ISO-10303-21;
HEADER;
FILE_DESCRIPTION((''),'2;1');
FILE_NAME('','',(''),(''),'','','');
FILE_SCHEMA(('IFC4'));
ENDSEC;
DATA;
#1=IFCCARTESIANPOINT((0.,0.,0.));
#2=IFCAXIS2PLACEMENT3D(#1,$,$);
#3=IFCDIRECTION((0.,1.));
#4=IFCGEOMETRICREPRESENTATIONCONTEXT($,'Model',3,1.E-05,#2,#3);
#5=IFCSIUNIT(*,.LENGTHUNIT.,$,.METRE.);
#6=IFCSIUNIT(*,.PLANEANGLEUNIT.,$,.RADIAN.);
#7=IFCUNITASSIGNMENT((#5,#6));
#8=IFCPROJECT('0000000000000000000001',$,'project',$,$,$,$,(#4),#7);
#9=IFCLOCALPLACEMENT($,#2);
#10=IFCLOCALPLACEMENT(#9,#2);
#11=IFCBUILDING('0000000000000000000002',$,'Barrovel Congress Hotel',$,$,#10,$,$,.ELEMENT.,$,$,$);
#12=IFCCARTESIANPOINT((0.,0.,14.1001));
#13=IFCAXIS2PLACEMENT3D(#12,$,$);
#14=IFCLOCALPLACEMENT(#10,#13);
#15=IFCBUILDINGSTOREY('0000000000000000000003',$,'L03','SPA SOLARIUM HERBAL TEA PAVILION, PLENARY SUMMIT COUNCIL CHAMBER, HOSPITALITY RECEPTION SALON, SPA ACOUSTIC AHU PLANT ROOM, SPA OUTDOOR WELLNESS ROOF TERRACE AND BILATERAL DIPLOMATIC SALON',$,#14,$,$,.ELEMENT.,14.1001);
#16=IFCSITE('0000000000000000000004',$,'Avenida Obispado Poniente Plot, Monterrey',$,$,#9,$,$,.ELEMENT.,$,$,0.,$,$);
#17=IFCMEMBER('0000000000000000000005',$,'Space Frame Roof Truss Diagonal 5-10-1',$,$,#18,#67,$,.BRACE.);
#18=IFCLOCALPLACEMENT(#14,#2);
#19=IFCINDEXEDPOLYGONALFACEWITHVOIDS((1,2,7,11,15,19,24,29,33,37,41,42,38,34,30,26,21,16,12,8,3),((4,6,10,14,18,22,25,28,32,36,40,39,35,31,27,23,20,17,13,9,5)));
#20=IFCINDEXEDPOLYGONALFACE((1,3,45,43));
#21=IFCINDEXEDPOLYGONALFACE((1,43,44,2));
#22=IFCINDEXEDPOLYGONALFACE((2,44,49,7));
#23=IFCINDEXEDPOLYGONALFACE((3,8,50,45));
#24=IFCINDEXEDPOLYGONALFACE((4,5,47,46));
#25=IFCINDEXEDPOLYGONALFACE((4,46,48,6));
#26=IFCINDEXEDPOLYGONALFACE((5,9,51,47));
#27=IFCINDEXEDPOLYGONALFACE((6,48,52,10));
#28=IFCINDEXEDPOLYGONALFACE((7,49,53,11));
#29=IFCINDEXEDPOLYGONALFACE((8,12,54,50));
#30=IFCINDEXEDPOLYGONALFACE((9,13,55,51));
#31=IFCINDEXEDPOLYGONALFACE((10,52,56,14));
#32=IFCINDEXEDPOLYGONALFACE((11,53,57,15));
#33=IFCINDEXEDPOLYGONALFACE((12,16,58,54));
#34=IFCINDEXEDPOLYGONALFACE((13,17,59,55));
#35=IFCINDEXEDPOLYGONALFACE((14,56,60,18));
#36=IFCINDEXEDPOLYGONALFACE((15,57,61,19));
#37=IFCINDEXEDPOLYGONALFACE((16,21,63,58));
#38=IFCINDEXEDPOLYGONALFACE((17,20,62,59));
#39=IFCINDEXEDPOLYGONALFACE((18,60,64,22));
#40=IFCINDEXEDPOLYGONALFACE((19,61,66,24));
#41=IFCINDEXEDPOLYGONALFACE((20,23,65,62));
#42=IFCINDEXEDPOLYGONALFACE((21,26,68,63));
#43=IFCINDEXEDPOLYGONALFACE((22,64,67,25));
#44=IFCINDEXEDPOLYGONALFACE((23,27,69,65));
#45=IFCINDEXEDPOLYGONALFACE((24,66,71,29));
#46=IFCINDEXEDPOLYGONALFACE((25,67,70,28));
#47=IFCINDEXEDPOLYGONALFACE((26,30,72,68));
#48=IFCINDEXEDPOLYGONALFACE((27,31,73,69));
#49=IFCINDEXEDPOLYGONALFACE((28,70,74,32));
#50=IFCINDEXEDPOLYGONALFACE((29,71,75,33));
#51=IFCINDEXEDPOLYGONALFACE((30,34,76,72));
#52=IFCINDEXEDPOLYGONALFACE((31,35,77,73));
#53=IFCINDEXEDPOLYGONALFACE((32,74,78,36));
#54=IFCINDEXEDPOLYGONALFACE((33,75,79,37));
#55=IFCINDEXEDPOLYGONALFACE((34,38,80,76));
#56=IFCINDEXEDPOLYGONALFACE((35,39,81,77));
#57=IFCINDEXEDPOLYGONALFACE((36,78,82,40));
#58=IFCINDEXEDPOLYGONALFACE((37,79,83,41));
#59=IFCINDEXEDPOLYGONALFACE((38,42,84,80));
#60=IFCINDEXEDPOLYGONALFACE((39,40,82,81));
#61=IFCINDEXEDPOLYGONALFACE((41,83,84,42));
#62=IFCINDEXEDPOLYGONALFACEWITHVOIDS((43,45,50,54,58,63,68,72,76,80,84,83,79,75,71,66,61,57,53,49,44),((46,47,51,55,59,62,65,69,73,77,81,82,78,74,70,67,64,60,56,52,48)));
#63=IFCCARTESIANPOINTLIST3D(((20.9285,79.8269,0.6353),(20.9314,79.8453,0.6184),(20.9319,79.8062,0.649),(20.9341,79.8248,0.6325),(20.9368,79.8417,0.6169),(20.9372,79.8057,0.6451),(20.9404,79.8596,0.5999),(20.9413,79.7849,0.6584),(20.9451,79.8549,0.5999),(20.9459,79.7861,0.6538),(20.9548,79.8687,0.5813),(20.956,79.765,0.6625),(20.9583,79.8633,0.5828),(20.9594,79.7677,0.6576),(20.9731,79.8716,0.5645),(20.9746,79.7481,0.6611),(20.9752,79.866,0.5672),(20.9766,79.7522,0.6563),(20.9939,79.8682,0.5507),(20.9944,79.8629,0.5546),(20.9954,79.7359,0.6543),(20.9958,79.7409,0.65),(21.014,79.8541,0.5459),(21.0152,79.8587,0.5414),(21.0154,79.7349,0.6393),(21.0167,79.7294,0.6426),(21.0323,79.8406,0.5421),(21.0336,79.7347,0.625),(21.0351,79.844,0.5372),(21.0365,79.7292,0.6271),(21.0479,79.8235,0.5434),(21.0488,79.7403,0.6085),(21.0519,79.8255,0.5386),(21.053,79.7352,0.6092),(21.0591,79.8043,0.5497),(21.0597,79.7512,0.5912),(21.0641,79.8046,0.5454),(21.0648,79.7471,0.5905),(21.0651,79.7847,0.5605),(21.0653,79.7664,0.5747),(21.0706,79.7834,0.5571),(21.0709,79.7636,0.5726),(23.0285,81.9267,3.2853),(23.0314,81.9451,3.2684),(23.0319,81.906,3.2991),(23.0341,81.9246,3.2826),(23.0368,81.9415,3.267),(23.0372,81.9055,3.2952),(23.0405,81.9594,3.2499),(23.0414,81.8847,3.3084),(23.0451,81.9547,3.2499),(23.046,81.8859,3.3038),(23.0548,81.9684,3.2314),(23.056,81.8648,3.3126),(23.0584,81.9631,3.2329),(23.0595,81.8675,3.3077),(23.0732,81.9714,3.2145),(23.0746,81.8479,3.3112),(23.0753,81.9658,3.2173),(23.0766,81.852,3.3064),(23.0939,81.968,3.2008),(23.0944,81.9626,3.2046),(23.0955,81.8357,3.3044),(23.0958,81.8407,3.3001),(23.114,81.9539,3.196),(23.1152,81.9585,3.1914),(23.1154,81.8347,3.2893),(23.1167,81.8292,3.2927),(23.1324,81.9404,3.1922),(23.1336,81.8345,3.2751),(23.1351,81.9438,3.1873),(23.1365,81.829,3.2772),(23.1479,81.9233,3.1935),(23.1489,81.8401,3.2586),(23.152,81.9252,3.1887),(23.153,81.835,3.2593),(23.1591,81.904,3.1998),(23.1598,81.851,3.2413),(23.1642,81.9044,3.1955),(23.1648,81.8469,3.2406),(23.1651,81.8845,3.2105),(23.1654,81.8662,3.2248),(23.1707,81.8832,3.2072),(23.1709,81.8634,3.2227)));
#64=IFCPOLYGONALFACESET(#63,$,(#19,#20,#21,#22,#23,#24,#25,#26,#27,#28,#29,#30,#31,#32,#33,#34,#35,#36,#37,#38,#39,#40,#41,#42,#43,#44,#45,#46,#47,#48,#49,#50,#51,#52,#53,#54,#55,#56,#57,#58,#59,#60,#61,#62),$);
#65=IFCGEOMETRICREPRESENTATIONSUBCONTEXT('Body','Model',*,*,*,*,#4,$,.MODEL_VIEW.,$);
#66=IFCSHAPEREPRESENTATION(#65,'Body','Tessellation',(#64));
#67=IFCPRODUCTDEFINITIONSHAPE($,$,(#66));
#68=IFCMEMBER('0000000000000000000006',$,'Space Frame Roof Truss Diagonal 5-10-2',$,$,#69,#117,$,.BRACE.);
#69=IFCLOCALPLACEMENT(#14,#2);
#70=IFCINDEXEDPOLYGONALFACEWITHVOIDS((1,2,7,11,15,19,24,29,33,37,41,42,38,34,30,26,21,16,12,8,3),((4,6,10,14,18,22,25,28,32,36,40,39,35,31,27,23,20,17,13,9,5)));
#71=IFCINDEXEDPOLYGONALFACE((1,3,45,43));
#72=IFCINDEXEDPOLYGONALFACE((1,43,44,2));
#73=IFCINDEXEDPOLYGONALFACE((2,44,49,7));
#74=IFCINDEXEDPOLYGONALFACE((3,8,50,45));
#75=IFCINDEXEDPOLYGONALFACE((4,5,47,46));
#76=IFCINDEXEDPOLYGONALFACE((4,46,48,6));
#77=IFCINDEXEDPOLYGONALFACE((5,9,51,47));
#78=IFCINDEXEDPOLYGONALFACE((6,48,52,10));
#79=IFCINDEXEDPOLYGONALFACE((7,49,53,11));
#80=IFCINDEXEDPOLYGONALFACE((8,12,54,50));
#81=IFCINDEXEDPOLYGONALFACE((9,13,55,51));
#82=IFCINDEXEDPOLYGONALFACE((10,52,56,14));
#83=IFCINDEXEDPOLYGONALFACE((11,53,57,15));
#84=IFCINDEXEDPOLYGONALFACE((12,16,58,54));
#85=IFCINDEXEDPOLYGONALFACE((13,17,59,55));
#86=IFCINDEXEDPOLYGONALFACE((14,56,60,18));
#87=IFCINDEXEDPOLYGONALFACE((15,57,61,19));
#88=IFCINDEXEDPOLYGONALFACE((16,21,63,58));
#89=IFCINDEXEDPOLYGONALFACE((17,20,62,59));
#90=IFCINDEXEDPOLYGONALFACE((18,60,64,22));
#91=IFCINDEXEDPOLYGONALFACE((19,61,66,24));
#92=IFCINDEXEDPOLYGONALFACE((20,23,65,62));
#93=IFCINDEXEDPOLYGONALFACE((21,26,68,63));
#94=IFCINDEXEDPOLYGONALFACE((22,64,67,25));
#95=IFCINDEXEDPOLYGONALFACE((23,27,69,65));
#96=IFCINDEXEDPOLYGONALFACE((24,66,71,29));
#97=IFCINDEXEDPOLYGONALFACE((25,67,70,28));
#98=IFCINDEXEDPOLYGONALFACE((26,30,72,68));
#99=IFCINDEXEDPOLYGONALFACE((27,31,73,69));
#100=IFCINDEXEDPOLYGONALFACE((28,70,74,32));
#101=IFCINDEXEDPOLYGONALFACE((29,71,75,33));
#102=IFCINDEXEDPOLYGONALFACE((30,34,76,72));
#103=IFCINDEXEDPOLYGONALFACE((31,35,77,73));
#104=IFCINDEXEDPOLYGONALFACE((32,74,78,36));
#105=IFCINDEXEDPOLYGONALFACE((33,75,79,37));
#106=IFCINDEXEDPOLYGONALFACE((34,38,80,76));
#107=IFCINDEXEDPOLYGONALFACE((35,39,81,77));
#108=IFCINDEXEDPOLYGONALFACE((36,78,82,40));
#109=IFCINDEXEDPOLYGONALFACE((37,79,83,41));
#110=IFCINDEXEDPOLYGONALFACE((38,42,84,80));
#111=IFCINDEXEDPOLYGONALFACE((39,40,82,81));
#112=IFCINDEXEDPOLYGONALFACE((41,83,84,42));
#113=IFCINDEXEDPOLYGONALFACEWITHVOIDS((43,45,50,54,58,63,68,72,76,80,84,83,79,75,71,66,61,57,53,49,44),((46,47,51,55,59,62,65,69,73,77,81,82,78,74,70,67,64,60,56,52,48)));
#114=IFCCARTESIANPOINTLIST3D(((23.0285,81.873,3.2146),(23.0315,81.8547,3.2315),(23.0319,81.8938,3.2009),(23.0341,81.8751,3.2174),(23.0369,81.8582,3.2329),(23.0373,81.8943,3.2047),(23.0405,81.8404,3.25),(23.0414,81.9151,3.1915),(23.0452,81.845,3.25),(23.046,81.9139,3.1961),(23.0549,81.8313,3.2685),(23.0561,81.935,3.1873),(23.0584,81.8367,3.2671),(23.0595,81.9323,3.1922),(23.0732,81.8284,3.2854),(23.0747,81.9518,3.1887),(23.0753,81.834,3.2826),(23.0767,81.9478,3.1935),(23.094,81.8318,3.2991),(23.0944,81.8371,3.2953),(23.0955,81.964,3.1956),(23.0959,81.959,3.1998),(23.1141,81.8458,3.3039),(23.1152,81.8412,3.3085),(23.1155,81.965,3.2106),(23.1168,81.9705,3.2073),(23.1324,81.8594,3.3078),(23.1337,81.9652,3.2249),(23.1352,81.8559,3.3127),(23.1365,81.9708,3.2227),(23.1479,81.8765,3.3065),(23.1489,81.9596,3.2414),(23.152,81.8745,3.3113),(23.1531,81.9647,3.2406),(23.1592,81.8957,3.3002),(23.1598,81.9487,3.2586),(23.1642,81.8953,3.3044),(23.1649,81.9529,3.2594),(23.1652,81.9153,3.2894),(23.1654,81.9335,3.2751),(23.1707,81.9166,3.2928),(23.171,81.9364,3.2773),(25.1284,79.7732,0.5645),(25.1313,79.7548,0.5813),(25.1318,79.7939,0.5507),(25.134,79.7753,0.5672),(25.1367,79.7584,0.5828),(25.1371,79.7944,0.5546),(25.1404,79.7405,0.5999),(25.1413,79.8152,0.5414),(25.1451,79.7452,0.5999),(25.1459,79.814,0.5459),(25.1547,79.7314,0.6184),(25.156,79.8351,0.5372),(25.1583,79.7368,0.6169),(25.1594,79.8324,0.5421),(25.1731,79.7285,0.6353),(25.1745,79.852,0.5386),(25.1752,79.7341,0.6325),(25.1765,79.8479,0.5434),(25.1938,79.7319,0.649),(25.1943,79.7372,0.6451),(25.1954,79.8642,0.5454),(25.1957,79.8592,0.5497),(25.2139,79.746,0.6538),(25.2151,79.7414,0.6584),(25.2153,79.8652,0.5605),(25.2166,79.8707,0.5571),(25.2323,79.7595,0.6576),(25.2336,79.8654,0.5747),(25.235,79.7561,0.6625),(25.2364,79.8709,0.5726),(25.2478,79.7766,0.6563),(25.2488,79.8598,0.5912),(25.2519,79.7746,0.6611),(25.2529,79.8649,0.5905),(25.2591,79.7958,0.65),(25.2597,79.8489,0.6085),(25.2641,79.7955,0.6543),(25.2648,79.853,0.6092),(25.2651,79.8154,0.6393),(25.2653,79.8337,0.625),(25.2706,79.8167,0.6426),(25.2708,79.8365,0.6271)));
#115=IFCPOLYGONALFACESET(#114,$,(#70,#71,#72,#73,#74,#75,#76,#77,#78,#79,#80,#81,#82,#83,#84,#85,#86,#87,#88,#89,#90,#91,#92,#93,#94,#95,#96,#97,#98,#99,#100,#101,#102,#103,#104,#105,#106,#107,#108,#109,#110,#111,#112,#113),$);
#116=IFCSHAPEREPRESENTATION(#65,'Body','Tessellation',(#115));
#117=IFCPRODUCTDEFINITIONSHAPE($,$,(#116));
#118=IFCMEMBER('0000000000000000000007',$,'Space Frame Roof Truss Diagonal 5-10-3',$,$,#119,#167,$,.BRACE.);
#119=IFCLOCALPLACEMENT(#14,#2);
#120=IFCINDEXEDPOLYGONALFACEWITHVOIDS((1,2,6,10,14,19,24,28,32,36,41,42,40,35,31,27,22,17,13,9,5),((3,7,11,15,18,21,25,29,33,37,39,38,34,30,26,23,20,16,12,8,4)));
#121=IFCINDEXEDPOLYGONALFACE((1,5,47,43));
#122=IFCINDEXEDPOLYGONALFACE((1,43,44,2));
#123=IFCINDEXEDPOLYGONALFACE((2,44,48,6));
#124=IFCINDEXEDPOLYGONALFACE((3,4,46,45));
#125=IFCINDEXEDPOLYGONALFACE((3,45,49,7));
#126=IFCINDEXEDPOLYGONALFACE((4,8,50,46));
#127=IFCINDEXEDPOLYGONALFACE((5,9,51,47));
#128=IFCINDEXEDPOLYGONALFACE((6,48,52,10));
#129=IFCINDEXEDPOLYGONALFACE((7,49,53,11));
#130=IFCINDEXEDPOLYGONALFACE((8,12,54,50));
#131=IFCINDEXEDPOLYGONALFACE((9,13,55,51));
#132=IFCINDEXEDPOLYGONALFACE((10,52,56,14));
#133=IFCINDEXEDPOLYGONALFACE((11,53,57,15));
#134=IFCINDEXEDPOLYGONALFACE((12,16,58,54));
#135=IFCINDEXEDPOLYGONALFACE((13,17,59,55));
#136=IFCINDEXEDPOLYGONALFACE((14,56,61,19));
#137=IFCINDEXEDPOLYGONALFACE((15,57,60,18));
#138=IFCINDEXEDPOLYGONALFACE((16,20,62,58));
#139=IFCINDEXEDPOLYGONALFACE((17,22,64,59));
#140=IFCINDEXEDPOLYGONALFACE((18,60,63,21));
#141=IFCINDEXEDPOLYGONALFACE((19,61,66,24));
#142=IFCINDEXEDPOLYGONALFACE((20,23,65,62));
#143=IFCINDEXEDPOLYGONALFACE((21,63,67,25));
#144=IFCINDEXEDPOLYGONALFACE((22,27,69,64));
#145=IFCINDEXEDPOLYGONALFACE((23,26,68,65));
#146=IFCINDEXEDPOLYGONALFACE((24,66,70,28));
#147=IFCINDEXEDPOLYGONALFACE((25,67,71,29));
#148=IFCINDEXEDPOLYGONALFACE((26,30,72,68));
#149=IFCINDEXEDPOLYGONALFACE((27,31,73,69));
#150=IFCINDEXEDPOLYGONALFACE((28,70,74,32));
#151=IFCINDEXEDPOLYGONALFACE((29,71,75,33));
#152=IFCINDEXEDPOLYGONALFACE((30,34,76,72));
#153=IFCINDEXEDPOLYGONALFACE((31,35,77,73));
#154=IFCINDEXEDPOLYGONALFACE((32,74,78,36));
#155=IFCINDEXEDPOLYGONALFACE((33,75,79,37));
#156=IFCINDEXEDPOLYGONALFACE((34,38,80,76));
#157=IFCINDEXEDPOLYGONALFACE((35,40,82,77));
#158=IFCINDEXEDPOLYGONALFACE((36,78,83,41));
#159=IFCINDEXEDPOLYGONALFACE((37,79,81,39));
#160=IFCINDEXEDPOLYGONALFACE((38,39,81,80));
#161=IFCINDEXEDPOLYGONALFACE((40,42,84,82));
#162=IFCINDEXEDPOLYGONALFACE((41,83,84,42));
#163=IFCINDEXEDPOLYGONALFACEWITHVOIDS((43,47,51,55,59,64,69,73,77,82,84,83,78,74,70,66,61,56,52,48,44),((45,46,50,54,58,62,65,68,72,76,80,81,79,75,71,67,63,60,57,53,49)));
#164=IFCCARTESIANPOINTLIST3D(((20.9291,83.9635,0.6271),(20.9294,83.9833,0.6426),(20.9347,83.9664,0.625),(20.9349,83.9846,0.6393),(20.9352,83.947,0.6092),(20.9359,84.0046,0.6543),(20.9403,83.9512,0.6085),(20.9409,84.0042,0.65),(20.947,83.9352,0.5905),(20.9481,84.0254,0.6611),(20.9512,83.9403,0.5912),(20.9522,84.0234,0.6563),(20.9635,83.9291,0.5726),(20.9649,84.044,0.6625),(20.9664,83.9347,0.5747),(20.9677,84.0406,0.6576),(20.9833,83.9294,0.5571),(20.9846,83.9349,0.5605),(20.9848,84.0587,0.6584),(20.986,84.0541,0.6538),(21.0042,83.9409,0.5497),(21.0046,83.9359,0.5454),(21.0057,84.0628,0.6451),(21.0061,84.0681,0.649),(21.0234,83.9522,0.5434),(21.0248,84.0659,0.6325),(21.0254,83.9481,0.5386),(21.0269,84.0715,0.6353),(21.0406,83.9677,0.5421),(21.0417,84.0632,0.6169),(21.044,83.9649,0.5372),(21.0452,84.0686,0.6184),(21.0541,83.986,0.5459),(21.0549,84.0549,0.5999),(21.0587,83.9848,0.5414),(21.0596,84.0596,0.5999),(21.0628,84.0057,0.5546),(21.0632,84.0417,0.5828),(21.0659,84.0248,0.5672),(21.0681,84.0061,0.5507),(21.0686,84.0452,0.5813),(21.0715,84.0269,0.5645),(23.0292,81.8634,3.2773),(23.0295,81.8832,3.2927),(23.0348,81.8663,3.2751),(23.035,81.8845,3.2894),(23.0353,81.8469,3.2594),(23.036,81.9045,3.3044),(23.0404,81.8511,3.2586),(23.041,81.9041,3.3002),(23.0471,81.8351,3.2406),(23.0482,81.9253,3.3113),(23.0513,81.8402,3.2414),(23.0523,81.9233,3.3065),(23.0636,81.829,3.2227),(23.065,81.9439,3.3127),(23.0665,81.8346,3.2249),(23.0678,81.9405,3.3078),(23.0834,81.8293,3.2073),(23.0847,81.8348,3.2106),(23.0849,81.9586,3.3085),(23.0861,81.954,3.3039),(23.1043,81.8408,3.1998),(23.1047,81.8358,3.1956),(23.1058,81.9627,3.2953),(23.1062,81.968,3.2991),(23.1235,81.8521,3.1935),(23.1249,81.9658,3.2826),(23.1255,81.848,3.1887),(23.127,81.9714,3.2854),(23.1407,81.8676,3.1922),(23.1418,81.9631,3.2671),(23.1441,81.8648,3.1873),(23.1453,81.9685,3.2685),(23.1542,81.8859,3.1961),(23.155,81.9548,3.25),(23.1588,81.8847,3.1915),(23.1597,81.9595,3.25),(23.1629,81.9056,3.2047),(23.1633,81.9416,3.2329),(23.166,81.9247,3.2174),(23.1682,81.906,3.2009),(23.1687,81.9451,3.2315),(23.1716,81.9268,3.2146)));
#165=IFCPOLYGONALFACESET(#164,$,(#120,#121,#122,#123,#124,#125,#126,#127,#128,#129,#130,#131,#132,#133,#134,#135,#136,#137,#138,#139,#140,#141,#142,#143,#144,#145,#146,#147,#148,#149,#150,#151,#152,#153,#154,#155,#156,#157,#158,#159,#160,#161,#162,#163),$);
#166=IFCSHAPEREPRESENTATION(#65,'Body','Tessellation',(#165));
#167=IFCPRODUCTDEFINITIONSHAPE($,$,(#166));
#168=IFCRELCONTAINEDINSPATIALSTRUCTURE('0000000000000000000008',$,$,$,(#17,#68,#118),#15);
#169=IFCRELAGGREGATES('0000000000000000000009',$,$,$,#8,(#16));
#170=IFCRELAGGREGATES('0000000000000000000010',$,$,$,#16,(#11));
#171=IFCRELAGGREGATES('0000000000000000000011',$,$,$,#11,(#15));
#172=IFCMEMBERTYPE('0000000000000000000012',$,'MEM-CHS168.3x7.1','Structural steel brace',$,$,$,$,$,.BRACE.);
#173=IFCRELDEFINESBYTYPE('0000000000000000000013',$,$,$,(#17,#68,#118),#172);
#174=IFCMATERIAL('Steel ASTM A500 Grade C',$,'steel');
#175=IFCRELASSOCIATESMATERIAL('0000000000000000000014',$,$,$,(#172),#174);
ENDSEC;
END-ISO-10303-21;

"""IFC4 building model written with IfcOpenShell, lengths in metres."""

from ifc_helpers import new_model, si_unit, direction, frame, origin, origin_2d, place, context, subcontext, project, spatial, hollow_circle, extrude, material, material_profile, profile_set, type_object, element, save


model = new_model("IFC4")

# Units and contexts
model_context = context("Model", 3, precision=1e-05, world=origin(), true_north=direction((0.0, 1.0)))
body_context = subcontext(model_context, "Body", "Model", "MODEL_VIEW")
ifc_project = project(units=[si_unit("LENGTHUNIT", "METRE"), si_unit("PLANEANGLEUNIT", "RADIAN")], contexts=[model_context])

# Site, building, storey
site_placement = place(None, origin())
site = spatial("IfcSite", under=ifc_project, at=site_placement, Name="Avenida Obispado Poniente Plot, Monterrey", CompositionType="ELEMENT", RefElevation=0.0)
building_placement = place(site_placement, origin())
building = spatial("IfcBuilding", under=site, at=building_placement, Name="Barrovel Congress Hotel", CompositionType="ELEMENT")
storey_placement = place(building_placement, frame((0.0, 0.0, 14.1001)))
storey = spatial("IfcBuildingStorey", under=building, at=storey_placement, Name="L03", Description="SPA SOLARIUM HERBAL TEA PAVILION, PLENARY SUMMIT COUNCIL CHAMBER, HOSPITALITY RECEPTION SALON, SPA ACOUSTIC AHU PLANT ROOM, SPA OUTDOOR WELLNESS ROOF TERRACE AND BILATERAL DIPLOMATIC SALON", CompositionType="ELEMENT", Elevation=14.1001)

# Members
ifc_material_1 = material(Name="Steel ASTM A500 Grade C", Category="steel")
ifc_material_profile_1 = material_profile(ifc_material_1, hollow_circle(Radius=0.0842, WallThickness=0.0066, at=origin_2d()), Name="CHS168.3x7.1")
ifc_profile_set_1 = profile_set([ifc_material_profile_1], Name="Steel ASTM A500 Grade C")
member_type_1 = type_object("IfcMemberType", Name="MEM-CHS168.3x7.1", Description="Structural steel brace", PredefinedType="BRACE", material=ifc_profile_set_1)
for number, where, z_axis, x_axis, name in (
    (1, (21.0, 79.8, 0.5999), (0.527618, 0.527557, 0.66581), (-0.707066, 0.707148, 0.0), "Space Frame Roof Truss Diagonal 5-10-1"),
    (2, (25.2, 79.8, 0.5999), (-0.527574, 0.527574, 0.665831), (-0.707107, -0.707107, 0.0), "Space Frame Roof Truss Diagonal 5-10-2"),
):
    element("IfcMember", number, at=place(storey_placement, frame(where, z_axis=z_axis, x_axis=x_axis)), inside=storey, type_object=member_type_1, Name=name, PredefinedType="BRACE", context=body_context, shape_type="SweptSolid", body=[
        extrude(hollow_circle(Radius=0.0842, WallThickness=0.0066, at=origin_2d()), origin(), (0.0, 0.0, 1.0), 3.9802),
    ])
member_1_placement = place(storey_placement, frame((21.0, 84.0, 0.5999), z_axis=(0.527601, -0.527601, 0.665788), x_axis=(0.707107, 0.707107, 0.0)))
element("IfcMember", 3, at=member_1_placement, inside=storey, type_object=member_type_1, Name="Space Frame Roof Truss Diagonal 5-10-3", PredefinedType="BRACE", context=body_context, shape_type="SweptSolid", body=[
    extrude(hollow_circle(Radius=0.0842, WallThickness=0.0066, at=origin_2d()), origin(), (0.0, 0.0, 1.0), 3.9805),
])

save(model, "model.ifc")
